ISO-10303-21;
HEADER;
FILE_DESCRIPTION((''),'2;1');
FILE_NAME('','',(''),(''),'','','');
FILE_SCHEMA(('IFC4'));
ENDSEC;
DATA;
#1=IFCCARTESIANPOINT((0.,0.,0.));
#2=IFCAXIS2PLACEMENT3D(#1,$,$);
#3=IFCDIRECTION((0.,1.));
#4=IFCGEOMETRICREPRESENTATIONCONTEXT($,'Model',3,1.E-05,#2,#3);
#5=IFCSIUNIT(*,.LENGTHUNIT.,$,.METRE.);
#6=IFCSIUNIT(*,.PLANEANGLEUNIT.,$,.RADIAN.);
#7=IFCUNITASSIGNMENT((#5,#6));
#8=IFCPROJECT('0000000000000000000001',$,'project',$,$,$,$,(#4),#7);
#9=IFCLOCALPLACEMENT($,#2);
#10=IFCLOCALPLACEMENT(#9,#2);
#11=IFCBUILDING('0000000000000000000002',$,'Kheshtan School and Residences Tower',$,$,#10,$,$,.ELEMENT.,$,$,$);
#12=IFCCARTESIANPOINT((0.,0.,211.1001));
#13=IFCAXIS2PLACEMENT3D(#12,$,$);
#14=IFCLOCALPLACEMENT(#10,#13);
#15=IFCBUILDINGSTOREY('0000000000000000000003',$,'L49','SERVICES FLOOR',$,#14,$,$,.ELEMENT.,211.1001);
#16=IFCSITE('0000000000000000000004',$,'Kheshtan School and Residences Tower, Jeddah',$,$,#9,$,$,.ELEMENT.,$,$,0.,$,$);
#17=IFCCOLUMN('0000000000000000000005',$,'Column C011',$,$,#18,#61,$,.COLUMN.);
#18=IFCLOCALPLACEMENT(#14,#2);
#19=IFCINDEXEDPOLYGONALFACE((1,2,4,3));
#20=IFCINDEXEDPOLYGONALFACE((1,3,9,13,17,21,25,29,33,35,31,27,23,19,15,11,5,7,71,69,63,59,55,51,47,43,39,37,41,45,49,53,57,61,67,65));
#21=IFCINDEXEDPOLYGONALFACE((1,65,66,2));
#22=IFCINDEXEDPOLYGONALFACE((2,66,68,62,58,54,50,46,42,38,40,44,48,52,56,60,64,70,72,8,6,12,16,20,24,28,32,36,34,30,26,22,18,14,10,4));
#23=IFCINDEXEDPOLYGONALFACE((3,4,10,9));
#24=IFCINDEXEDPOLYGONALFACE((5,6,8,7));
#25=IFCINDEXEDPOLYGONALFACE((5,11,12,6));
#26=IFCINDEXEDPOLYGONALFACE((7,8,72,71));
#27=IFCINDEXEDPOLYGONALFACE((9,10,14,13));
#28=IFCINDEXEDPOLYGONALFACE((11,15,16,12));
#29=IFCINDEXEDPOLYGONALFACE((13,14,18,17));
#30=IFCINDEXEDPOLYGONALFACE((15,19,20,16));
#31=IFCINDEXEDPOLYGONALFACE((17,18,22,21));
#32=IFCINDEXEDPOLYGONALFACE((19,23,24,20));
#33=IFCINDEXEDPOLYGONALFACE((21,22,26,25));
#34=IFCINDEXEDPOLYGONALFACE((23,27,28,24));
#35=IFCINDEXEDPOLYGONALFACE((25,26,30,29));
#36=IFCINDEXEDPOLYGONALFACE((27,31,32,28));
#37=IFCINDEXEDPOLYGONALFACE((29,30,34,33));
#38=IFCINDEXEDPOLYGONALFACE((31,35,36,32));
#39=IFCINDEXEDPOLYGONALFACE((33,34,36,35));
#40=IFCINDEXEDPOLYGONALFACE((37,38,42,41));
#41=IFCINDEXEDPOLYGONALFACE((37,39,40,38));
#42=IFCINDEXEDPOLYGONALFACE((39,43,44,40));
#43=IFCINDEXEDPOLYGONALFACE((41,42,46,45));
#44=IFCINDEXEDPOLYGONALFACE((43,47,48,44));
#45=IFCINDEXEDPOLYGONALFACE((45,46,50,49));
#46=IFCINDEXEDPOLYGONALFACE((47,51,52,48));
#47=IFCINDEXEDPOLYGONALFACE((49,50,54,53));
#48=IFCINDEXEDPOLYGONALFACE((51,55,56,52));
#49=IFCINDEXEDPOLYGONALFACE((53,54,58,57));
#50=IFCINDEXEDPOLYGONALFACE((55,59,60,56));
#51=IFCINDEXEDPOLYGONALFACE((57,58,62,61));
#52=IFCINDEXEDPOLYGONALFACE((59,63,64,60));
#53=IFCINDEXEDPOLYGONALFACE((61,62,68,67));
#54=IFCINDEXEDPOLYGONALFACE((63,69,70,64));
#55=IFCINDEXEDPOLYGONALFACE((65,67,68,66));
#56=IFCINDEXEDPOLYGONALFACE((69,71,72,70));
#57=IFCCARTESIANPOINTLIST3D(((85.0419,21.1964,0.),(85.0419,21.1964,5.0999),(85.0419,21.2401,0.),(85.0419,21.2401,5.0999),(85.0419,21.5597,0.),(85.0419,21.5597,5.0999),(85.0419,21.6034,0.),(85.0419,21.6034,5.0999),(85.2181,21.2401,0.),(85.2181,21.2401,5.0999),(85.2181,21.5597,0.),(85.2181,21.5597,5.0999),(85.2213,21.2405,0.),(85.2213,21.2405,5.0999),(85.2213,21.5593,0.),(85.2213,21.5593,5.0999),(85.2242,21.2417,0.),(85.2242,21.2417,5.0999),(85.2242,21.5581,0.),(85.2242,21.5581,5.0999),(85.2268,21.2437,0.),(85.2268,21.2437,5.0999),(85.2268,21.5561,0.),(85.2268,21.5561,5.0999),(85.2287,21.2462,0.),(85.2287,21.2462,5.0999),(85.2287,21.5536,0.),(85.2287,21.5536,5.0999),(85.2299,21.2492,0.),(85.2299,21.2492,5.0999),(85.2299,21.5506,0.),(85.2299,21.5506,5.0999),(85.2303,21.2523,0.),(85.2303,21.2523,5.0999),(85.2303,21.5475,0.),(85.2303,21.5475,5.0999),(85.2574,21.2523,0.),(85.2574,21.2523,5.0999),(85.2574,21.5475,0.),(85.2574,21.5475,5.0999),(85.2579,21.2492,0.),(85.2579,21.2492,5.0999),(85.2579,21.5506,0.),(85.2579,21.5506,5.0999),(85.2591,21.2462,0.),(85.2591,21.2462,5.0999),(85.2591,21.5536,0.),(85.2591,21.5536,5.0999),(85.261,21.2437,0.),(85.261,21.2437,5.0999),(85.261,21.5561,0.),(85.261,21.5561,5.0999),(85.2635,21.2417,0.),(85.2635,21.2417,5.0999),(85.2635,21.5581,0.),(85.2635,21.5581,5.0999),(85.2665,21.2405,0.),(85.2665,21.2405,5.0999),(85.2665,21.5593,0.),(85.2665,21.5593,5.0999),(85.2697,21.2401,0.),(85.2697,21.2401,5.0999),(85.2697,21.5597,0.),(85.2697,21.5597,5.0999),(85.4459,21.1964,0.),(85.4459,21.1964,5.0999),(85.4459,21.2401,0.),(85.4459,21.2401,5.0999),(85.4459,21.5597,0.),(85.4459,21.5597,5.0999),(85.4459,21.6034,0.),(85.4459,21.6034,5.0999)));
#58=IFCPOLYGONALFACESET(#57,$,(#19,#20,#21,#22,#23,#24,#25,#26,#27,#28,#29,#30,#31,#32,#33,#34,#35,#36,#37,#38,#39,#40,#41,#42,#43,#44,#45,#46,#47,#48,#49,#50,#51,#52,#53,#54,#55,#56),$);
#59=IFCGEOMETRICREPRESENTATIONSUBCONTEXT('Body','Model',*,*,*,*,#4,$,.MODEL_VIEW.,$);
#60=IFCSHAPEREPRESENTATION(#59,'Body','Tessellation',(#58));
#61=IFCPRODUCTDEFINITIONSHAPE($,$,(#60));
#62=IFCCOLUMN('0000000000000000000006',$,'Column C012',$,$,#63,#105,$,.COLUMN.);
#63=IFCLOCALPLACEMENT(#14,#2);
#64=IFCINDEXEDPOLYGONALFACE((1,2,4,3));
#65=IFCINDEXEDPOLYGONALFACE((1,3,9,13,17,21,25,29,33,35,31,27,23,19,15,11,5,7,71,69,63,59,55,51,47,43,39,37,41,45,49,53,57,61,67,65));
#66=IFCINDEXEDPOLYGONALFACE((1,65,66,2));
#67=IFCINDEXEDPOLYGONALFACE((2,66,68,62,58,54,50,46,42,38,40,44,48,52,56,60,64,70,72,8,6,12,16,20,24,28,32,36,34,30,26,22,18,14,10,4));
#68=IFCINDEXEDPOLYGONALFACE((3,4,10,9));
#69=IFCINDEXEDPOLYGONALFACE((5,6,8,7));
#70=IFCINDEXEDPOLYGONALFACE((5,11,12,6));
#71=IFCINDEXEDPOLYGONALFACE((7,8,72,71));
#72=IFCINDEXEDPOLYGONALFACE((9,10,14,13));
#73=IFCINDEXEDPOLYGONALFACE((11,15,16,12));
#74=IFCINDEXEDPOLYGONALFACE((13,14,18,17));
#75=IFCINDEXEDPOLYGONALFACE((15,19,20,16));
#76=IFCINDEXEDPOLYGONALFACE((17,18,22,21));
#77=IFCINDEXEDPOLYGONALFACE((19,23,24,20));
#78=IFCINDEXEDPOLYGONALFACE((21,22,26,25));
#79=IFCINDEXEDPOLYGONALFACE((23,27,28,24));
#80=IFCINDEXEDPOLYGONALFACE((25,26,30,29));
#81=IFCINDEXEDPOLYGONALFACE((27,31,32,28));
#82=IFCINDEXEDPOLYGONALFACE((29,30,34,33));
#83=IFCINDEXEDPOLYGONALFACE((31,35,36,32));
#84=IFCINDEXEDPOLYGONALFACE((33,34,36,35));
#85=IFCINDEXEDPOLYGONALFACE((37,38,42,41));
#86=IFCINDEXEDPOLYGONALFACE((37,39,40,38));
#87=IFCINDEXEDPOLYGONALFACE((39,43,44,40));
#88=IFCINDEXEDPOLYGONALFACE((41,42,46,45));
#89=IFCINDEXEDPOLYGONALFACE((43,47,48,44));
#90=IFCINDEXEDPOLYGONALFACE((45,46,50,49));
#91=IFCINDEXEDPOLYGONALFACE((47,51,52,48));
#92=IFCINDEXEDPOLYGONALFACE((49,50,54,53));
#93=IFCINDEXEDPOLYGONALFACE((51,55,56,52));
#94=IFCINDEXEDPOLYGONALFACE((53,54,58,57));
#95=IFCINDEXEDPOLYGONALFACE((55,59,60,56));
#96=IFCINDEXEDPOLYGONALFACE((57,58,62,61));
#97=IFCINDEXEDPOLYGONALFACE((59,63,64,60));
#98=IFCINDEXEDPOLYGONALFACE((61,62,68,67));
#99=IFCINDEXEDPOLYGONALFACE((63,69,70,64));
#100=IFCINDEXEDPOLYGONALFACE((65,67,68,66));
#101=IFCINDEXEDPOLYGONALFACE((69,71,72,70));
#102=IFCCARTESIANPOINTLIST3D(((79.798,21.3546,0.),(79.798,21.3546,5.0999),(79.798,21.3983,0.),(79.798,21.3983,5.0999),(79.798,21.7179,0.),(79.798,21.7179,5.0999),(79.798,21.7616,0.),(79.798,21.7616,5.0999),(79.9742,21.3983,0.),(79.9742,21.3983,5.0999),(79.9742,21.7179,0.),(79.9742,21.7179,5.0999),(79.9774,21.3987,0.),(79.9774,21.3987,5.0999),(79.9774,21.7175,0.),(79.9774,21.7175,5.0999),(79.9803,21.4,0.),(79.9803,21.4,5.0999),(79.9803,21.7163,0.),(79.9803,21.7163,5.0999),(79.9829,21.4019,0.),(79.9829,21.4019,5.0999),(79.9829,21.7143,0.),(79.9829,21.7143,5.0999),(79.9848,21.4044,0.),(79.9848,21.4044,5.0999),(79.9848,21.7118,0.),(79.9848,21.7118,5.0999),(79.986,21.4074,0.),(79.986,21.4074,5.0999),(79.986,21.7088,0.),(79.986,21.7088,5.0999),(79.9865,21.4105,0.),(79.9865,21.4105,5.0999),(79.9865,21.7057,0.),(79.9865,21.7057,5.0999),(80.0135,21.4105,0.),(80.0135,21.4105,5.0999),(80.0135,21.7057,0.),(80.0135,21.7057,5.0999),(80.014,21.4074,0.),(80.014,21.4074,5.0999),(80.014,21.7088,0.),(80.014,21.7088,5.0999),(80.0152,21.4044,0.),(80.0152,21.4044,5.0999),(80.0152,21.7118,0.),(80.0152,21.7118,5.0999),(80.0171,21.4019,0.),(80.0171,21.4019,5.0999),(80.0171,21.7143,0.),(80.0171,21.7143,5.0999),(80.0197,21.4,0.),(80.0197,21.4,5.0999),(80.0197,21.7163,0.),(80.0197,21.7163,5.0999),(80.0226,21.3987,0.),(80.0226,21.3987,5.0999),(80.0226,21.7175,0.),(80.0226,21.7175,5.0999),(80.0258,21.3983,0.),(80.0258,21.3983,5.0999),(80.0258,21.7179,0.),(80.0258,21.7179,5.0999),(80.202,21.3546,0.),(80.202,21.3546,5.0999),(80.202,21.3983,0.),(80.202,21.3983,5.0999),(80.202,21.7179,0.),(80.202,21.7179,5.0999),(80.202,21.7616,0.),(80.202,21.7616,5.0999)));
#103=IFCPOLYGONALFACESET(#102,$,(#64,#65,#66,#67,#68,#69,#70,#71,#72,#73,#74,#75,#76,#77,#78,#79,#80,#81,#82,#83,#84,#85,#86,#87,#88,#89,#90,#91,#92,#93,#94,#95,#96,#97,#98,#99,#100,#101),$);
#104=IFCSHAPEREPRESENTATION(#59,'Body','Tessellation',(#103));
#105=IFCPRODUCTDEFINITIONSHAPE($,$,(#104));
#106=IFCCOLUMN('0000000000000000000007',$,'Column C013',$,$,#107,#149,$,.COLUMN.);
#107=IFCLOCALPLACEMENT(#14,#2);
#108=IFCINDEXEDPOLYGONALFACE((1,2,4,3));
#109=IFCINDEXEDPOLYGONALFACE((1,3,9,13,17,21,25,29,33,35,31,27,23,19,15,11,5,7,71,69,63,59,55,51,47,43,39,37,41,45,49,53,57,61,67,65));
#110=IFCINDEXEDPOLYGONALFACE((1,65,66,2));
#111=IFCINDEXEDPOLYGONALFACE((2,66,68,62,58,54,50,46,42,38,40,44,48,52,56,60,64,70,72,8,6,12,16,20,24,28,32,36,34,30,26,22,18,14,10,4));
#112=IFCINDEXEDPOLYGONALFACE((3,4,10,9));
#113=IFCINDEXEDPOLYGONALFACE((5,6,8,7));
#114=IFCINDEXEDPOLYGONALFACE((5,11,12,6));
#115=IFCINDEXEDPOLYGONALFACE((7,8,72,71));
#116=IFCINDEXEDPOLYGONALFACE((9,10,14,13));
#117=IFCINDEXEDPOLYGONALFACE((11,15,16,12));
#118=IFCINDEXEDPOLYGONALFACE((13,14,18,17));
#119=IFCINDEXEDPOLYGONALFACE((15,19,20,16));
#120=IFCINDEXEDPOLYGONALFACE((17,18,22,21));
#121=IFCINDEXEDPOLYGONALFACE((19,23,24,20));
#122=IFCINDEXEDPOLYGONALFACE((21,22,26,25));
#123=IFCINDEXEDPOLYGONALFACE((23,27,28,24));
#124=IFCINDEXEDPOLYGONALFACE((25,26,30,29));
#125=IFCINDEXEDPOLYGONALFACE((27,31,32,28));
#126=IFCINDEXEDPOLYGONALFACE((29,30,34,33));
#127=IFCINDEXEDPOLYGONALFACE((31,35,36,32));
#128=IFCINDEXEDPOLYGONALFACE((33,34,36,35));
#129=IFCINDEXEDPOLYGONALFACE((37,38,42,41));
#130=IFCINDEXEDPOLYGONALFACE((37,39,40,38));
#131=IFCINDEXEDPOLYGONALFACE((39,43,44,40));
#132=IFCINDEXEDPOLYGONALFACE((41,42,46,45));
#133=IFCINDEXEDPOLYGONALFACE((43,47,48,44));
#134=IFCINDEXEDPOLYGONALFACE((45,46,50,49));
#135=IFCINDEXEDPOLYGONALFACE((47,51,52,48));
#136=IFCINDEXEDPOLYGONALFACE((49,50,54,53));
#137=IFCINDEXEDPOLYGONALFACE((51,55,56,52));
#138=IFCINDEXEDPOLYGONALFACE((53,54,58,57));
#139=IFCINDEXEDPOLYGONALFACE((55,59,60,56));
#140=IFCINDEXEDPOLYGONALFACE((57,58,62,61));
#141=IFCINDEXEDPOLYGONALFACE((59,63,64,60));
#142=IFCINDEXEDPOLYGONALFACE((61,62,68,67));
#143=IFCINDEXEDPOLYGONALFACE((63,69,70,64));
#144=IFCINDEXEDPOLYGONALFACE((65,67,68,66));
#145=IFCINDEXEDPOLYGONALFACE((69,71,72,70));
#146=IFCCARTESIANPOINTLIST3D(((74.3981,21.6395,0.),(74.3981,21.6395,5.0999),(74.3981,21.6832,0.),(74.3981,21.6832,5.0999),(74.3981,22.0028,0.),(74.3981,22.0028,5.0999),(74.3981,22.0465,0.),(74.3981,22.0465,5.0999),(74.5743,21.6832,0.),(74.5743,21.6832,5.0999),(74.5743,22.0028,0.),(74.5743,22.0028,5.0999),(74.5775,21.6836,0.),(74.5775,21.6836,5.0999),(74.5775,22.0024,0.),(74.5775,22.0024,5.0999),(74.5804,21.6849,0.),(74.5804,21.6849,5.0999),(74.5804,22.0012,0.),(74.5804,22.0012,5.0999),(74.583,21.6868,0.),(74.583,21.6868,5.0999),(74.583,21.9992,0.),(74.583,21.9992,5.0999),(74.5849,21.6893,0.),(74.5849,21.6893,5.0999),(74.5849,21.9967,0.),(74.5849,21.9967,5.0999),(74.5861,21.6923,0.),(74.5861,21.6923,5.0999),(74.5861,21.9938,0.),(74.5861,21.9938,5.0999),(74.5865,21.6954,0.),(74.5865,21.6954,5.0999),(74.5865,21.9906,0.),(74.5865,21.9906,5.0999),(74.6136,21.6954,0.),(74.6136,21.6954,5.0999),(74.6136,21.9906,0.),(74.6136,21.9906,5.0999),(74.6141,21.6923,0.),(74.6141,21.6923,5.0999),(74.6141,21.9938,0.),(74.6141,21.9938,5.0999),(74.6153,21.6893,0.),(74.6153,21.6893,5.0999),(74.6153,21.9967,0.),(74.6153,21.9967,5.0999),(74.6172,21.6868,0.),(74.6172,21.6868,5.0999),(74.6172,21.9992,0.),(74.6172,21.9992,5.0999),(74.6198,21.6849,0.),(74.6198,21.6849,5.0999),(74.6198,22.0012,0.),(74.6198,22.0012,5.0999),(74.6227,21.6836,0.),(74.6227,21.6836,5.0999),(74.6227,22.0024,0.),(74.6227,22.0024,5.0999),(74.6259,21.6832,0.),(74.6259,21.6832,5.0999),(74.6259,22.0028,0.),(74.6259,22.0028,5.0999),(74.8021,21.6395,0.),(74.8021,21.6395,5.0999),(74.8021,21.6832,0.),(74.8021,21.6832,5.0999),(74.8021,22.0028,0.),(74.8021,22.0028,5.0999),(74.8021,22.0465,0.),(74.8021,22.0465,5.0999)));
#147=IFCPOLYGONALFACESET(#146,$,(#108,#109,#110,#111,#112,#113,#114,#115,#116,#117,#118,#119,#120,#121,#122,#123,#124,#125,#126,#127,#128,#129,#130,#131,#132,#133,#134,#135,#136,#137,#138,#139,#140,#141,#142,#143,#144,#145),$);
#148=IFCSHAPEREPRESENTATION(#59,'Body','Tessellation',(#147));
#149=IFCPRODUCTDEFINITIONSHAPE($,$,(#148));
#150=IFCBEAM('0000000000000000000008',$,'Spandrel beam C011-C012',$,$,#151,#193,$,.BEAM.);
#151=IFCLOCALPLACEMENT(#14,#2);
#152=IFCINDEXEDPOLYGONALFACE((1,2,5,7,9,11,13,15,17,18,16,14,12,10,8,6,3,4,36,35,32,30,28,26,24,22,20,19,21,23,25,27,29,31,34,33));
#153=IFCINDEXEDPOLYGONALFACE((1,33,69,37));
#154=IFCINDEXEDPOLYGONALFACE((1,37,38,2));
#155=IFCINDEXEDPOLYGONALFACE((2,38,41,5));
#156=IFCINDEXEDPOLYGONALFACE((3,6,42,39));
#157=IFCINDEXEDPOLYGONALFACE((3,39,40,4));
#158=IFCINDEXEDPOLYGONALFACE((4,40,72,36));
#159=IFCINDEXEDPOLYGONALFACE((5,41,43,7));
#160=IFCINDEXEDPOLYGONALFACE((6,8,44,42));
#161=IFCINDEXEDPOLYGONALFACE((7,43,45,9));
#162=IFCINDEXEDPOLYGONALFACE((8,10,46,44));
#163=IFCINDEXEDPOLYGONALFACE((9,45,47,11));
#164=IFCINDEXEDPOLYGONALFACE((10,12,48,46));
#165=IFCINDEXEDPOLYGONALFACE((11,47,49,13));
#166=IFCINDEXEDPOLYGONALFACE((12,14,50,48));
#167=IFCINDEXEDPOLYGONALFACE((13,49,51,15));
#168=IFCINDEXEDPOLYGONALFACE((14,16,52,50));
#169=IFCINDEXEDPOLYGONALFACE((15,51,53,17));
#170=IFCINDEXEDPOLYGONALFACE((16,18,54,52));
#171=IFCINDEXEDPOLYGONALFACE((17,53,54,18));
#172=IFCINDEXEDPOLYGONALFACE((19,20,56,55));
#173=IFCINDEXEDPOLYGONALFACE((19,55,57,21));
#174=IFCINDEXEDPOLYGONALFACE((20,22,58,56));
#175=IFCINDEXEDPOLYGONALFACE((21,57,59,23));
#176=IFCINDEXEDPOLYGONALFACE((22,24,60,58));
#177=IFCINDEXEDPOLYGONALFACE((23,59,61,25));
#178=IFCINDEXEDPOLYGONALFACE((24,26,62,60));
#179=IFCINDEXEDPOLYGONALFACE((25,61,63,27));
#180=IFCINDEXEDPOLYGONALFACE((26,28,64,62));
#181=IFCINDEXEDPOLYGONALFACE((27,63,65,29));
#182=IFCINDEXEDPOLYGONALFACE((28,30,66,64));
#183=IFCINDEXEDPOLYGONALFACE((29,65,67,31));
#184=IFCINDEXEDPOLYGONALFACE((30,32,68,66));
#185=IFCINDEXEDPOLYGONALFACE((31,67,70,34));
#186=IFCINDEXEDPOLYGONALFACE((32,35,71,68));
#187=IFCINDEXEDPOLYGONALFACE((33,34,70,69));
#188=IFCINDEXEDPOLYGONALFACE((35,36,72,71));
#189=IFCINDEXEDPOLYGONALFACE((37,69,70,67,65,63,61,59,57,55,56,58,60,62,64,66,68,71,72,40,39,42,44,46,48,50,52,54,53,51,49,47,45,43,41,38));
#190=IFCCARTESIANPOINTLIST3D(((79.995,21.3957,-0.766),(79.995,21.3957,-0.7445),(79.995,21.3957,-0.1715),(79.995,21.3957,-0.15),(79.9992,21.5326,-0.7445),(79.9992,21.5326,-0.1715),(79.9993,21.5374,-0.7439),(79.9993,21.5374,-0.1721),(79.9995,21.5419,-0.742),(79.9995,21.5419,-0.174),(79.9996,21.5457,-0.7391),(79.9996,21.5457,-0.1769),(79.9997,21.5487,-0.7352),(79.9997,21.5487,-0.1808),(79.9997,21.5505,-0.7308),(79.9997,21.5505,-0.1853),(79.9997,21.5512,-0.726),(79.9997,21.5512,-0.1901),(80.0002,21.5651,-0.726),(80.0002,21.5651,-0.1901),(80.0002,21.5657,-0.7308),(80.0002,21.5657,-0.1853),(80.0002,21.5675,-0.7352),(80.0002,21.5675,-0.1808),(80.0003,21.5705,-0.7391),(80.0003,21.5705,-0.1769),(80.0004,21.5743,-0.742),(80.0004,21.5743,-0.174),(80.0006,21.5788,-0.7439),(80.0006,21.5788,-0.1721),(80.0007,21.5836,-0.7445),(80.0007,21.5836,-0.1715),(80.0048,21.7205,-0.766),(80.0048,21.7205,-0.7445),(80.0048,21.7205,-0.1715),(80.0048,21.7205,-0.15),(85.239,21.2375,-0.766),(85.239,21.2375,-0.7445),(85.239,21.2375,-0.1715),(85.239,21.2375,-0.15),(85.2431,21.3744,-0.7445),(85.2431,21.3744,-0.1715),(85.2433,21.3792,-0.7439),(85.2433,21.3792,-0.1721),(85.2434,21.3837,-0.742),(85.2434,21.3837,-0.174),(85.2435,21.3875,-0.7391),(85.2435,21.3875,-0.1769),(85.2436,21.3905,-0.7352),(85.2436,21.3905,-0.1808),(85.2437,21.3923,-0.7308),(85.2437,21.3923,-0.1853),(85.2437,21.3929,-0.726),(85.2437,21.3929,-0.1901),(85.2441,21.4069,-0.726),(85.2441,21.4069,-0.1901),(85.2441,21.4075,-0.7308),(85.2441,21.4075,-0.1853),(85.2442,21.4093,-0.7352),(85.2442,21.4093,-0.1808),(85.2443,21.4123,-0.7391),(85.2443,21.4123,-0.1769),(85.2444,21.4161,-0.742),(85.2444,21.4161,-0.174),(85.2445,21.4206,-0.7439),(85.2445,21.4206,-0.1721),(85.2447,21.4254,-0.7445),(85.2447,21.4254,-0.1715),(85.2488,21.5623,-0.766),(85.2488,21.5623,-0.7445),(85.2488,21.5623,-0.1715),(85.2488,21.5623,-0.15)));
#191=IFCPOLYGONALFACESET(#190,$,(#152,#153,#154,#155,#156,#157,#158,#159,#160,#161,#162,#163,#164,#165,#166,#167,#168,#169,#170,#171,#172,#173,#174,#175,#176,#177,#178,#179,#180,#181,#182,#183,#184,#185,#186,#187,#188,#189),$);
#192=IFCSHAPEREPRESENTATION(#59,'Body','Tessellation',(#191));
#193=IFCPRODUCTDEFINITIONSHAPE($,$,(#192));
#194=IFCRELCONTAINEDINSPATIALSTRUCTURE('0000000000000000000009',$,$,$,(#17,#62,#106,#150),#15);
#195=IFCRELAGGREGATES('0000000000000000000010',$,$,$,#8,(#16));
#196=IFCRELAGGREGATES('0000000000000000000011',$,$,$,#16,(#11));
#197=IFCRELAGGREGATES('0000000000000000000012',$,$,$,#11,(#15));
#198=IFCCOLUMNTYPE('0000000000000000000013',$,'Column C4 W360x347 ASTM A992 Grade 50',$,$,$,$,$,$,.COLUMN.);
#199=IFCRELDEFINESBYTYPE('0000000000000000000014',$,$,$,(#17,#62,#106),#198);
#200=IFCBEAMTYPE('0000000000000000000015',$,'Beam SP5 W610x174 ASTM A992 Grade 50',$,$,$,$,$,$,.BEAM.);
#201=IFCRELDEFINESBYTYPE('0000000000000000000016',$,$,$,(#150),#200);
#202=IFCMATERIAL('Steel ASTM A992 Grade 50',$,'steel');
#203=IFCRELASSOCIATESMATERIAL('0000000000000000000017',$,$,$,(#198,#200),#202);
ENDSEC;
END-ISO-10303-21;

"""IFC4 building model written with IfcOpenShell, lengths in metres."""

from ifc_helpers import new_model, si_unit, direction, frame, origin, origin_2d, place, context, subcontext, project, spatial, i_section, extrude, material, material_profile, profile_set, type_object, element, save


model = new_model("IFC4")

# Units and contexts
model_context = context("Model", 3, precision=1e-05, world=origin(), true_north=direction((0.0, 1.0)))
body_context = subcontext(model_context, "Body", "Model", "MODEL_VIEW")
ifc_project = project(units=[si_unit("LENGTHUNIT", "METRE"), si_unit("PLANEANGLEUNIT", "RADIAN")], contexts=[model_context])

# Site, building, storey
site_placement = place(None, origin())
site = spatial("IfcSite", under=ifc_project, at=site_placement, Name="Kheshtan School and Residences Tower, Jeddah", CompositionType="ELEMENT", RefElevation=0.0)
building_placement = place(site_placement, origin())
building = spatial("IfcBuilding", under=site, at=building_placement, Name="Kheshtan School and Residences Tower", CompositionType="ELEMENT")
storey_placement = place(building_placement, frame((0.0, 0.0, 211.1001)))
storey = spatial("IfcBuildingStorey", under=building, at=storey_placement, Name="L49", Description="SERVICES FLOOR", CompositionType="ELEMENT", Elevation=211.1001)

# Columns
ifc_material_1 = material(Name="Steel ASTM A992 Grade 50", Category="steel")
ifc_material_profile_1 = material_profile(ifc_material_1, i_section(OverallWidth=0.4041, OverallDepth=0.407, WebThickness=0.0271, FlangeThickness=0.0437, FilletRadius=0.0122, at=origin_2d()), Name="W360x347")
ifc_profile_set_1 = profile_set([ifc_material_profile_1], Name="Steel ASTM A992 Grade 50")
column_type = type_object("IfcColumnType", Name="Column C4 W360x347 ASTM A992 Grade 50", PredefinedType="COLUMN", material=ifc_profile_set_1)
for number, where, z_axis, x_axis, name in (
    (1, (85.2439, 21.3999, 0.0), (0.0, 0.0, 1.0), (1.0, 0.0, 0.0), "Column C011"),
    (2, (80.0, 21.5581, 0.0), (0.0, 0.0, 1.0), (1.0, 0.0, 0.0), "Column C012"),
    (3, (74.6001, 21.843, 0.0), (0.0, 0.0, 1.0), (1.0, 0.0, 0.0), "Column C013"),
):
    element("IfcColumn", number, at=place(storey_placement, frame(where, z_axis=z_axis, x_axis=x_axis)), inside=storey, type_object=column_type, Name=name, PredefinedType="COLUMN", context=body_context, shape_type="SweptSolid", body=[
        extrude(i_section(OverallWidth=0.4041, OverallDepth=0.407, WebThickness=0.0271, FlangeThickness=0.0437, FilletRadius=0.0122, at=origin_2d()), origin(), (0.0, 0.0, 1.0), 5.0999),
    ])

# Beam
ifc_material_profile_2 = material_profile(ifc_material_1, i_section(OverallWidth=0.325, OverallDepth=0.616, WebThickness=0.0139, FlangeThickness=0.0215, FilletRadius=0.0186, at=origin_2d()), Name="W610x174")
ifc_profile_set_2 = profile_set([ifc_material_profile_2], Name="Steel ASTM A992 Grade 50")
beam_type = type_object("IfcBeamType", Name="Beam SP5 W610x174 ASTM A992 Grade 50", PredefinedType="BEAM", material=ifc_profile_set_2)
beam_1_placement = place(storey_placement, frame((85.2439, 21.3999, -0.458), z_axis=(-0.999545, 0.030155, 0.0), x_axis=(-0.030155, -0.999545, 0.0)))
element("IfcBeam", 4, at=beam_1_placement, inside=storey, type_object=beam_type, Name="Spandrel beam C011-C012", PredefinedType="BEAM", context=body_context, shape_type="SweptSolid", body=[
    extrude(i_section(OverallWidth=0.325, OverallDepth=0.616, WebThickness=0.0139, FlangeThickness=0.0215, FilletRadius=0.0186, at=origin_2d()), origin(), (0.0, 0.0, 1.0), 5.2463),
])

save(model, "model.ifc")
